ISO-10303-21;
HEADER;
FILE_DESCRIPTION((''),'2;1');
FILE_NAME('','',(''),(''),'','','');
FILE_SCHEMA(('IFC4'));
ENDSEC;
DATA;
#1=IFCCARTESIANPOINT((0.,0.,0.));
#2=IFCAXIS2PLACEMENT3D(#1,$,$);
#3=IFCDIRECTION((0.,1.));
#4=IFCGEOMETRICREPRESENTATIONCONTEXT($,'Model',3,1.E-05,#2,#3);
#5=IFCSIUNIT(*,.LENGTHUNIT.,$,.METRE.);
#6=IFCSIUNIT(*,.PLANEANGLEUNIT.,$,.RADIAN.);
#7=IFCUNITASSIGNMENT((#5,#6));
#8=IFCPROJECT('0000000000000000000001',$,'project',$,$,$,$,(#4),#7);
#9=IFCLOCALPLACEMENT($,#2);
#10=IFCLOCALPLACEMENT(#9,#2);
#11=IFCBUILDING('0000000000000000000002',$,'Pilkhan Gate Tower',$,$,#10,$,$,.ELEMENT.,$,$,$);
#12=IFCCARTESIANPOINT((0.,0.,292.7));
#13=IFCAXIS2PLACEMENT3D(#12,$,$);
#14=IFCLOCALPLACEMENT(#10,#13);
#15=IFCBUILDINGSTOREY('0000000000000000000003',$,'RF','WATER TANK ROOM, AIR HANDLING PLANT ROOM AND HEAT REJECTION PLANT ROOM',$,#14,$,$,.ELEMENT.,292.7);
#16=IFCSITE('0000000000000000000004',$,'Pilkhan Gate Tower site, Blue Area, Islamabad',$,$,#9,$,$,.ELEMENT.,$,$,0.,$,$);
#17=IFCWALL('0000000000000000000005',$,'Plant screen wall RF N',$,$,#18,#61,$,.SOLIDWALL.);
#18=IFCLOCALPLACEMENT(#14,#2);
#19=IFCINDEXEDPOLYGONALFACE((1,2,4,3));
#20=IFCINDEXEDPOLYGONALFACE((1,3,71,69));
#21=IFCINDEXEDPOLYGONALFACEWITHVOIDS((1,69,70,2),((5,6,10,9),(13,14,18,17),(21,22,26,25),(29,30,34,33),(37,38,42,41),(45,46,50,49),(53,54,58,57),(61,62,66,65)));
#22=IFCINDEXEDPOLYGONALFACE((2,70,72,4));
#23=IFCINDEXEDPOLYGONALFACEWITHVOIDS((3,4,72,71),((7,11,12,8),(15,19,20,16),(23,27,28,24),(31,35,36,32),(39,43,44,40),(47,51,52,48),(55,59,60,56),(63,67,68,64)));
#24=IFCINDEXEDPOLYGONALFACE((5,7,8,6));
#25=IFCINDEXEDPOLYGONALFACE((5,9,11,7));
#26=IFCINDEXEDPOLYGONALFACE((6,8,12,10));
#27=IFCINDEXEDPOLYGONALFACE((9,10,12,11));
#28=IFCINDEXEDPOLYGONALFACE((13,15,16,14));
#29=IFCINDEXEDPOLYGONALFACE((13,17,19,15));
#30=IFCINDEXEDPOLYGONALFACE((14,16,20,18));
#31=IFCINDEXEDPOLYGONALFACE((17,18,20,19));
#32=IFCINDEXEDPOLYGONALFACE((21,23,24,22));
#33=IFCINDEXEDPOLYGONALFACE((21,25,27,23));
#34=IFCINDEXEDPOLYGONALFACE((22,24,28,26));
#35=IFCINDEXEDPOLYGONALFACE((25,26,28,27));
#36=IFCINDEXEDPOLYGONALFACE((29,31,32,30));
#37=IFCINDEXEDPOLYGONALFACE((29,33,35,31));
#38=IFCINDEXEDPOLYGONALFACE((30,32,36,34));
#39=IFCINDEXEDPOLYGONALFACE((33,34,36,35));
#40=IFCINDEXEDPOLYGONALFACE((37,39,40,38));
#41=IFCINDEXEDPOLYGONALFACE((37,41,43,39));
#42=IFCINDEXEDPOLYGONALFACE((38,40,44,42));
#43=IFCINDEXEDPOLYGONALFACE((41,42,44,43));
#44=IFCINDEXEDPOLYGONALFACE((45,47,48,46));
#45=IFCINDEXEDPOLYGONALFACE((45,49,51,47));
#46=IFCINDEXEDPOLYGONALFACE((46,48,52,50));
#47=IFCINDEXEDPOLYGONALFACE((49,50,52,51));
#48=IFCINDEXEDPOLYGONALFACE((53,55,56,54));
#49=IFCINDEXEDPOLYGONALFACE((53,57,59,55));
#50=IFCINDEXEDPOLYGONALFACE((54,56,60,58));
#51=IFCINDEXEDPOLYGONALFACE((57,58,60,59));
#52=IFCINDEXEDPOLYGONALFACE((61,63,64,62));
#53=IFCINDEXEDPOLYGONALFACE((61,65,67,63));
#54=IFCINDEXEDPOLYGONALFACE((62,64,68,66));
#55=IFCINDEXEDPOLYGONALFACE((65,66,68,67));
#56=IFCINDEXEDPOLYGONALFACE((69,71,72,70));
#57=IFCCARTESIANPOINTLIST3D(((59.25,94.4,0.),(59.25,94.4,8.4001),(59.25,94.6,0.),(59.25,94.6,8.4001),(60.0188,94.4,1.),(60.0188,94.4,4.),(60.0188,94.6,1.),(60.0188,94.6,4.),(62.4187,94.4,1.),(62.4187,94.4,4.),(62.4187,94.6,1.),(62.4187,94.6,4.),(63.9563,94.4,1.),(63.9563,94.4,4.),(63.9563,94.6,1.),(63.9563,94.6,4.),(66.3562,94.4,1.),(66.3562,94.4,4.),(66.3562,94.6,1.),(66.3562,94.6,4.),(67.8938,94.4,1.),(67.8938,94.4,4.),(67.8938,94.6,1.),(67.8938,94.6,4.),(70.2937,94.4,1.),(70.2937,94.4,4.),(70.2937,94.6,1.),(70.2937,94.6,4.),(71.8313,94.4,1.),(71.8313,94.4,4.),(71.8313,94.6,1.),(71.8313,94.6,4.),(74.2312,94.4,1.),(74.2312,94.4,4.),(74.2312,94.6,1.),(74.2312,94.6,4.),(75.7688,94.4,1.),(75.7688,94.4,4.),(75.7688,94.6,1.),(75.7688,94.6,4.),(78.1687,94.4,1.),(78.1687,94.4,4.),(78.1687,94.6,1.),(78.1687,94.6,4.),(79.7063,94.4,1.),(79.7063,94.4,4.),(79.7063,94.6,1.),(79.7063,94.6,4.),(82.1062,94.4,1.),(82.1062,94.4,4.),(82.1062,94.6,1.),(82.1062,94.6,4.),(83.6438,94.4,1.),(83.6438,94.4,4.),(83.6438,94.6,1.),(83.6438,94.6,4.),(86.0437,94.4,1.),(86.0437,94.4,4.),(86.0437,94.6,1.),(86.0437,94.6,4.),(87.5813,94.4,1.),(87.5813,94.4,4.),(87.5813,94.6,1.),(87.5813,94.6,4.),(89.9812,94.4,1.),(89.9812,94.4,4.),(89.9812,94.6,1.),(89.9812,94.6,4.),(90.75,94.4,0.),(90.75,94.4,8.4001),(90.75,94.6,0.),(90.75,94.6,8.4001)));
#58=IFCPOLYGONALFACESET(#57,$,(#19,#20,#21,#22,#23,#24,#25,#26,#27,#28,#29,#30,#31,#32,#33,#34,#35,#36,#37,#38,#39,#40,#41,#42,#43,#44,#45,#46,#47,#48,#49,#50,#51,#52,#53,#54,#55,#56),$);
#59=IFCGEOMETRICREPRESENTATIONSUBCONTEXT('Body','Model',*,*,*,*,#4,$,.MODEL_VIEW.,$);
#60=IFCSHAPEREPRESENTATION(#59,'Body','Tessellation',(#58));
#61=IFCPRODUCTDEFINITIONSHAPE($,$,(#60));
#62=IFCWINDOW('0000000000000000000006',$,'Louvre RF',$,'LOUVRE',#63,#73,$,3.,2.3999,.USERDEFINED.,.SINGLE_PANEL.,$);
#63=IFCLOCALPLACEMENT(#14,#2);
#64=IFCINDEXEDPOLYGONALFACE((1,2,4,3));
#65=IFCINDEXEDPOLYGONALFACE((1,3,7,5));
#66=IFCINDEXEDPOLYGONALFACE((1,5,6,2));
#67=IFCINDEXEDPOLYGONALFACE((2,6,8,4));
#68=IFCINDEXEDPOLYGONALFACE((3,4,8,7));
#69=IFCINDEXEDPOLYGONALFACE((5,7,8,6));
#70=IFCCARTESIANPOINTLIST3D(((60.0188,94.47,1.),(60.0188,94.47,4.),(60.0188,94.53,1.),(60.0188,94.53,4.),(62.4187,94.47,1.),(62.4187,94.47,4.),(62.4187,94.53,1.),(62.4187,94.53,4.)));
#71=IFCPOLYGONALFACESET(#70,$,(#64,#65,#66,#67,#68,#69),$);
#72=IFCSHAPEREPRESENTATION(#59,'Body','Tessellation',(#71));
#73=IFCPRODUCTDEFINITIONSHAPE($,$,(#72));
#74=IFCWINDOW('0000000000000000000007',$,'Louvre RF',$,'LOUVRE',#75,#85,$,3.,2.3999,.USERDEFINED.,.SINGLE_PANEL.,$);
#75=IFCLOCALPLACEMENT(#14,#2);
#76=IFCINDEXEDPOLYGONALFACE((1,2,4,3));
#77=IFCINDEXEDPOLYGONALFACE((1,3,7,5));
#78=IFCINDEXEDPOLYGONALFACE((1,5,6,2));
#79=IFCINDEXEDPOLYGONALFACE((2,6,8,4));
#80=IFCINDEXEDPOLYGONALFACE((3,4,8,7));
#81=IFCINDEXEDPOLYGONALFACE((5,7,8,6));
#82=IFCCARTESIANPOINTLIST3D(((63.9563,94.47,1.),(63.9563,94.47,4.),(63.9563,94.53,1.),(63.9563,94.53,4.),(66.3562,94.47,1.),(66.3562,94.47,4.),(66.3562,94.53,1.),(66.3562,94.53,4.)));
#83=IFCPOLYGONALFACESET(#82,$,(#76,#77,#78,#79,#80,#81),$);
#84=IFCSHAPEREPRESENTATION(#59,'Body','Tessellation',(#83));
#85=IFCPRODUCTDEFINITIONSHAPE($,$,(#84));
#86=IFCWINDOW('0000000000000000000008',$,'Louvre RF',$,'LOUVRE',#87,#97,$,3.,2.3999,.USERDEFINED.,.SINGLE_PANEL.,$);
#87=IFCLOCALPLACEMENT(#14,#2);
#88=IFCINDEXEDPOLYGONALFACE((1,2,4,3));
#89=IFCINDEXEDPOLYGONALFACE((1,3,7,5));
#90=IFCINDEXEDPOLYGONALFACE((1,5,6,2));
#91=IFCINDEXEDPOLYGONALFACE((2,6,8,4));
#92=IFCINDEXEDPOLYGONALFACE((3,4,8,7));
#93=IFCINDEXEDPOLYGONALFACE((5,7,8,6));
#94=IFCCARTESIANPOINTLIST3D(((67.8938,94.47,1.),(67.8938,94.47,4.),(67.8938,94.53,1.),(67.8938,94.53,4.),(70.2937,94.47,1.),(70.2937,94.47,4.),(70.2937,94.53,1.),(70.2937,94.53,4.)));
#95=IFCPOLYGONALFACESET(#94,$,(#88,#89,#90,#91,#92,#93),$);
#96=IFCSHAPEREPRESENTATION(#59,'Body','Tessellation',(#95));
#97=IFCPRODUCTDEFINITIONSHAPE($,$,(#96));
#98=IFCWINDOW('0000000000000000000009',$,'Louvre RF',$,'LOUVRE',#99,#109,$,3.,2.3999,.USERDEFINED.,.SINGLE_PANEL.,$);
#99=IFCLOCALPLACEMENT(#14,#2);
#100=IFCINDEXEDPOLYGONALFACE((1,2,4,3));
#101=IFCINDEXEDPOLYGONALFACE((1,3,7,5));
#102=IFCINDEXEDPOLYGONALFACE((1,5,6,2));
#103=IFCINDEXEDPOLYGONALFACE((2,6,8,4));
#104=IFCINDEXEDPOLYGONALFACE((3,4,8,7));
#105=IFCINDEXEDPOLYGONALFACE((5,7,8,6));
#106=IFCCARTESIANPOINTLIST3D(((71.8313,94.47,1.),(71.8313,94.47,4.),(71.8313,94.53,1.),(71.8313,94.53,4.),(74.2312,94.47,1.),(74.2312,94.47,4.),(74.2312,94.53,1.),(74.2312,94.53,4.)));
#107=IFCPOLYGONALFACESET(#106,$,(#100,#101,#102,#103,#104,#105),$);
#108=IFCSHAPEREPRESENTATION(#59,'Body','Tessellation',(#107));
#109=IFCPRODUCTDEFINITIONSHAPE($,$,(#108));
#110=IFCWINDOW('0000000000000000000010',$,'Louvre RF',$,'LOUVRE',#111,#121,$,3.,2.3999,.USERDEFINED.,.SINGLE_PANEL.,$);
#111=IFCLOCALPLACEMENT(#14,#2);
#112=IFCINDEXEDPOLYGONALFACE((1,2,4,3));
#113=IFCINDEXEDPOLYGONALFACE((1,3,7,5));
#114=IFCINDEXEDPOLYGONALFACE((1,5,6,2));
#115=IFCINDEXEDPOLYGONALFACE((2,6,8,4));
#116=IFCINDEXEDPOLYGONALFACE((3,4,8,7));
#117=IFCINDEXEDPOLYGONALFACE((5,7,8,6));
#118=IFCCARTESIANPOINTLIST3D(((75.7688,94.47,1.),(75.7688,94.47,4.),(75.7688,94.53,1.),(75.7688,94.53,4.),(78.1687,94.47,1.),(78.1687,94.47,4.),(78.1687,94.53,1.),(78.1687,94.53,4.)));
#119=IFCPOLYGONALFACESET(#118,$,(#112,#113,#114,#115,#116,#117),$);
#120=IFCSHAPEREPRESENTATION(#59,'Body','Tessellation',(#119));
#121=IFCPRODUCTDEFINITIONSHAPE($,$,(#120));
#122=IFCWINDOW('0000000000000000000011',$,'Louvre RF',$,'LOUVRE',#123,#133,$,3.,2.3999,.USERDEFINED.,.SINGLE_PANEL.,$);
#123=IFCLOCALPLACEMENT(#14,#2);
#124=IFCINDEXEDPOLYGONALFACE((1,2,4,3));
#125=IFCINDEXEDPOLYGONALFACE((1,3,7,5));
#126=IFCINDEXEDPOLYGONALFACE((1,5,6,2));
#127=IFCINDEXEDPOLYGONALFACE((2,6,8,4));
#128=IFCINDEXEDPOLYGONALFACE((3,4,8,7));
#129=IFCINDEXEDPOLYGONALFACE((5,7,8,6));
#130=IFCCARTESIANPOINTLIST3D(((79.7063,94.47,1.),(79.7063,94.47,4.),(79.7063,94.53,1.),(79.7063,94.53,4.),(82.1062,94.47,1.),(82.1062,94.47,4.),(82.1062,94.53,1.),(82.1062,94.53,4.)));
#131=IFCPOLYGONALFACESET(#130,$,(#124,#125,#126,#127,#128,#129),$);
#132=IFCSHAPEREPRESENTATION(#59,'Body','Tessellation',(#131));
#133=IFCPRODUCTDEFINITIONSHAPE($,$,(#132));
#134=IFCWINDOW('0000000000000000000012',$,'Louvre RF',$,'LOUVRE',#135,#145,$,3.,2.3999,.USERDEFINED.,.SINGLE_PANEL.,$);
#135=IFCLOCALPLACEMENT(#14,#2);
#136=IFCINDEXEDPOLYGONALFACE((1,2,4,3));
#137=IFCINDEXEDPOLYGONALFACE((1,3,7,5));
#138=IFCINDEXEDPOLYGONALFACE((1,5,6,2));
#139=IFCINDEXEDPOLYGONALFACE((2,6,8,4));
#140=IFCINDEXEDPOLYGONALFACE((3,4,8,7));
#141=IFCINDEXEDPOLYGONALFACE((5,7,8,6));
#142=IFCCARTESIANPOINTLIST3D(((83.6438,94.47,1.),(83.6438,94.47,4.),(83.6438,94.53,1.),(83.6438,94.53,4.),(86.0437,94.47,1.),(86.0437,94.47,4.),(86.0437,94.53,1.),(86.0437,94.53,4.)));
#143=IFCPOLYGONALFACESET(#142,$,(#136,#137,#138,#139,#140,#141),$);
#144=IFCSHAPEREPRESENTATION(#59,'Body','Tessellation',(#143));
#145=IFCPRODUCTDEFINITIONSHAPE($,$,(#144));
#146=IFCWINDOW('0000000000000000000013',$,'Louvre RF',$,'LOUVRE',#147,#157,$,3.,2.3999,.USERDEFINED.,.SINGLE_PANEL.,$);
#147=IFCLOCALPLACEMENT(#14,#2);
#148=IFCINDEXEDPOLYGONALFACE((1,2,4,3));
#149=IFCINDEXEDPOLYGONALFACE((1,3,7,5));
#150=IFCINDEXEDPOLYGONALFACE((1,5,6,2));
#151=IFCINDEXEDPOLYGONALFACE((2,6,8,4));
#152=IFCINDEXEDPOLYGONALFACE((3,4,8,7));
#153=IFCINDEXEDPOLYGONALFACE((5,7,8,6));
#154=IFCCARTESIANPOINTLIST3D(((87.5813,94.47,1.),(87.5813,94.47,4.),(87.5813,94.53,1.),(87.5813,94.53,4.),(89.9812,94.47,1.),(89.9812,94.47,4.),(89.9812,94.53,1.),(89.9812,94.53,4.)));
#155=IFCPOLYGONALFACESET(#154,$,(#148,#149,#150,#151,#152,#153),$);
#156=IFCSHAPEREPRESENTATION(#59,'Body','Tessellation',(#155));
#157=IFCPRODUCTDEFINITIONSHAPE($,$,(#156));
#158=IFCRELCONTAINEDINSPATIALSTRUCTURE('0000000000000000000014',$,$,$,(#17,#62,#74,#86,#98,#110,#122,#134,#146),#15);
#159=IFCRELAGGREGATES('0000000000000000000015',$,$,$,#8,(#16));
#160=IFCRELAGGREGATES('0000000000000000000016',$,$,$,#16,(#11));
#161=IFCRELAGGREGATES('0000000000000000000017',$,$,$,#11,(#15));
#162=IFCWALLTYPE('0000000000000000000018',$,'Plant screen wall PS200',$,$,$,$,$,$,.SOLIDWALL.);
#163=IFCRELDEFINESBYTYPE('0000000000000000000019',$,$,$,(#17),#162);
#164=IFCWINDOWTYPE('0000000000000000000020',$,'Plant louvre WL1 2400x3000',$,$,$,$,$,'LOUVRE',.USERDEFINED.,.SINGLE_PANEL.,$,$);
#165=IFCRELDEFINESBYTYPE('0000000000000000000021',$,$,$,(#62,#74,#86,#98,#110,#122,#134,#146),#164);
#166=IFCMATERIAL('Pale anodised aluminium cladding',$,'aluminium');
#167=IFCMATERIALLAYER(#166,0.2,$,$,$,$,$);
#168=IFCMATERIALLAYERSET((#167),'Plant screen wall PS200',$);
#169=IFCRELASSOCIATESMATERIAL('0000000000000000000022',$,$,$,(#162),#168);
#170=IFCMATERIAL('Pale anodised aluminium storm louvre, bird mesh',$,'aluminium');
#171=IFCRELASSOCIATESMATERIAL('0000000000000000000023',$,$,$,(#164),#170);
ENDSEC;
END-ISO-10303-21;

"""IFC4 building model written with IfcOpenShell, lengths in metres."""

from ifc_helpers import new_model, si_unit, direction, frame, frame_2d, origin, place, context, subcontext, project, spatial, rectangle, extrude, material, layer, layer_set, type_object, element, fill, save


model = new_model("IFC4")

# Units and contexts
model_context = context("Model", 3, precision=1e-05, world=origin(), true_north=direction((0.0, 1.0)))
body_context = subcontext(model_context, "Body", "Model", "MODEL_VIEW")
ifc_project = project(units=[si_unit("LENGTHUNIT", "METRE"), si_unit("PLANEANGLEUNIT", "RADIAN")], contexts=[model_context])

# Site, building, storey
site_placement = place(None, origin())
site = spatial("IfcSite", under=ifc_project, at=site_placement, Name="Pilkhan Gate Tower site, Blue Area, Islamabad", CompositionType="ELEMENT", RefElevation=0.0)
building_placement = place(site_placement, origin())
building = spatial("IfcBuilding", under=site, at=building_placement, Name="Pilkhan Gate Tower", CompositionType="ELEMENT")
storey_placement = place(building_placement, frame((0.0, 0.0, 292.7)))
storey = spatial("IfcBuildingStorey", under=building, at=storey_placement, Name="RF", Description="WATER TANK ROOM, AIR HANDLING PLANT ROOM AND HEAT REJECTION PLANT ROOM", CompositionType="ELEMENT", Elevation=292.7)

# Wall, openings, windows
ifc_material_1 = material(Name="Pale anodised aluminium cladding", Category="aluminium")
ifc_layer_1 = layer(ifc_material_1, 0.2)
ifc_layer_set_1 = layer_set([ifc_layer_1], Name="Plant screen wall PS200")
wall_type_1 = type_object("IfcWallType", Name="Plant screen wall PS200", PredefinedType="SOLIDWALL", material=ifc_layer_set_1)
wall_1_placement = place(storey_placement, frame((59.25, 94.5, 0.0), z_axis=(0.0, 0.0, 1.0), x_axis=(1.0, 0.0, 0.0)))
wall_1 = element("IfcWall", 1, at=wall_1_placement, inside=storey, type_object=wall_type_1, Name="Plant screen wall RF N", PredefinedType="SOLIDWALL", context=body_context, shape_type="SweptSolid", body=[
    extrude(rectangle(XDim=31.5, YDim=0.2, at=frame_2d((15.75, 0.0))), origin(), (0.0, 0.0, 1.0), 8.4001),
])
opening_1_placement = place(wall_1_placement, frame((0.7688, 0.0, 1.0)))
opening_1 = element("IfcOpeningElement", 2, at=opening_1_placement, cuts=wall_1, PredefinedType="OPENING", context=body_context, shape_type="SweptSolid", body=[
    extrude(rectangle(XDim=2.3999, YDim=3.0, at=frame_2d((1.2, 1.5))), frame((0.0, 0.1099, 0.0), z_axis=(0.0, -1.0, 0.0), x_axis=(1.0, 0.0, 0.0)), (0.0, 0.0, 1.0), 0.22),
])
opening_2_placement = place(wall_1_placement, frame((4.7063, 0.0, 1.0)))
opening_2 = element("IfcOpeningElement", 3, at=opening_2_placement, cuts=wall_1, PredefinedType="OPENING", context=body_context, shape_type="SweptSolid", body=[
    extrude(rectangle(XDim=2.3999, YDim=3.0, at=frame_2d((1.2, 1.5))), frame((0.0, 0.1099, 0.0), z_axis=(0.0, -1.0, 0.0), x_axis=(1.0, 0.0, 0.0)), (0.0, 0.0, 1.0), 0.22),
])
opening_3_placement = place(wall_1_placement, frame((8.6438, 0.0, 1.0)))
opening_3 = element("IfcOpeningElement", 4, at=opening_3_placement, cuts=wall_1, PredefinedType="OPENING", context=body_context, shape_type="SweptSolid", body=[
    extrude(rectangle(XDim=2.3999, YDim=3.0, at=frame_2d((1.2, 1.5))), frame((0.0, 0.1099, 0.0), z_axis=(0.0, -1.0, 0.0), x_axis=(1.0, 0.0, 0.0)), (0.0, 0.0, 1.0), 0.22),
])
opening_4_placement = place(wall_1_placement, frame((12.5813, 0.0, 1.0)))
opening_4 = element("IfcOpeningElement", 5, at=opening_4_placement, cuts=wall_1, PredefinedType="OPENING", context=body_context, shape_type="SweptSolid", body=[
    extrude(rectangle(XDim=2.3999, YDim=3.0, at=frame_2d((1.2, 1.5))), frame((0.0, 0.1099, 0.0), z_axis=(0.0, -1.0, 0.0), x_axis=(1.0, 0.0, 0.0)), (0.0, 0.0, 1.0), 0.22),
])
opening_5_placement = place(wall_1_placement, frame((16.5188, 0.0, 1.0)))
opening_5 = element("IfcOpeningElement", 6, at=opening_5_placement, cuts=wall_1, PredefinedType="OPENING", context=body_context, shape_type="SweptSolid", body=[
    extrude(rectangle(XDim=2.3999, YDim=3.0, at=frame_2d((1.2, 1.5))), frame((0.0, 0.1099, 0.0), z_axis=(0.0, -1.0, 0.0), x_axis=(1.0, 0.0, 0.0)), (0.0, 0.0, 1.0), 0.22),
])
opening_6_placement = place(wall_1_placement, frame((20.4563, 0.0, 1.0)))
opening_6 = element("IfcOpeningElement", 7, at=opening_6_placement, cuts=wall_1, PredefinedType="OPENING", context=body_context, shape_type="SweptSolid", body=[
    extrude(rectangle(XDim=2.3999, YDim=3.0, at=frame_2d((1.2, 1.5))), frame((0.0, 0.1099, 0.0), z_axis=(0.0, -1.0, 0.0), x_axis=(1.0, 0.0, 0.0)), (0.0, 0.0, 1.0), 0.22),
])
opening_7_placement = place(wall_1_placement, frame((24.3938, 0.0, 1.0)))
opening_7 = element("IfcOpeningElement", 8, at=opening_7_placement, cuts=wall_1, PredefinedType="OPENING", context=body_context, shape_type="SweptSolid", body=[
    extrude(rectangle(XDim=2.3999, YDim=3.0, at=frame_2d((1.2, 1.5))), frame((0.0, 0.1099, 0.0), z_axis=(0.0, -1.0, 0.0), x_axis=(1.0, 0.0, 0.0)), (0.0, 0.0, 1.0), 0.22),
])
opening_8_placement = place(wall_1_placement, frame((28.3313, 0.0, 1.0)))
opening_8 = element("IfcOpeningElement", 9, at=opening_8_placement, cuts=wall_1, PredefinedType="OPENING", context=body_context, shape_type="SweptSolid", body=[
    extrude(rectangle(XDim=2.3999, YDim=3.0, at=frame_2d((1.2, 1.5))), frame((0.0, 0.1099, 0.0), z_axis=(0.0, -1.0, 0.0), x_axis=(1.0, 0.0, 0.0)), (0.0, 0.0, 1.0), 0.22),
])
ifc_material_2 = material(Name="Pale anodised aluminium storm louvre, bird mesh", Category="aluminium")
window_type = type_object("IfcWindowType", Name="Plant louvre WL1 2400x3000", ElementType="LOUVRE", PartitioningType="SINGLE_PANEL", PredefinedType="USERDEFINED", material=ifc_material_2)
window_1_placement = place(opening_1_placement, origin())
window_1 = element("IfcWindow", 10, at=window_1_placement, inside=storey, type_object=window_type, Name="Louvre RF", ObjectType="LOUVRE", OverallHeight=3.0, OverallWidth=2.3999, PartitioningType="SINGLE_PANEL", PredefinedType="USERDEFINED", context=body_context, shape_type="SweptSolid", body=[
    extrude(rectangle(XDim=2.3999, YDim=3.0, at=frame_2d((1.2, 1.5))), frame((0.0, 0.03, 0.0), z_axis=(0.0, -1.0, 0.0), x_axis=(1.0, 0.0, 0.0)), (0.0, 0.0, 1.0), 0.0601),
])
fill(opening_1, window_1)
window_2_placement = place(opening_2_placement, origin())
window_2 = element("IfcWindow", 11, at=window_2_placement, inside=storey, type_object=window_type, Name="Louvre RF", ObjectType="LOUVRE", OverallHeight=3.0, OverallWidth=2.3999, PartitioningType="SINGLE_PANEL", PredefinedType="USERDEFINED", context=body_context, shape_type="SweptSolid", body=[
    extrude(rectangle(XDim=2.3999, YDim=3.0, at=frame_2d((1.2, 1.5))), frame((0.0, 0.03, 0.0), z_axis=(0.0, -1.0, 0.0), x_axis=(1.0, 0.0, 0.0)), (0.0, 0.0, 1.0), 0.0601),
])
fill(opening_2, window_2)
window_3_placement = place(opening_3_placement, origin())
window_3 = element("IfcWindow", 12, at=window_3_placement, inside=storey, type_object=window_type, Name="Louvre RF", ObjectType="LOUVRE", OverallHeight=3.0, OverallWidth=2.3999, PartitioningType="SINGLE_PANEL", PredefinedType="USERDEFINED", context=body_context, shape_type="SweptSolid", body=[
    extrude(rectangle(XDim=2.3999, YDim=3.0, at=frame_2d((1.2, 1.5))), frame((0.0, 0.03, 0.0), z_axis=(0.0, -1.0, 0.0), x_axis=(1.0, 0.0, 0.0)), (0.0, 0.0, 1.0), 0.0601),
])
fill(opening_3, window_3)
window_4_placement = place(opening_4_placement, origin())
window_4 = element("IfcWindow", 13, at=window_4_placement, inside=storey, type_object=window_type, Name="Louvre RF", ObjectType="LOUVRE", OverallHeight=3.0, OverallWidth=2.3999, PartitioningType="SINGLE_PANEL", PredefinedType="USERDEFINED", context=body_context, shape_type="SweptSolid", body=[
    extrude(rectangle(XDim=2.3999, YDim=3.0, at=frame_2d((1.2, 1.5))), frame((0.0, 0.03, 0.0), z_axis=(0.0, -1.0, 0.0), x_axis=(1.0, 0.0, 0.0)), (0.0, 0.0, 1.0), 0.0601),
])
fill(opening_4, window_4)
window_5_placement = place(opening_5_placement, origin())
window_5 = element("IfcWindow", 14, at=window_5_placement, inside=storey, type_object=window_type, Name="Louvre RF", ObjectType="LOUVRE", OverallHeight=3.0, OverallWidth=2.3999, PartitioningType="SINGLE_PANEL", PredefinedType="USERDEFINED", context=body_context, shape_type="SweptSolid", body=[
    extrude(rectangle(XDim=2.3999, YDim=3.0, at=frame_2d((1.2, 1.5))), frame((0.0, 0.03, 0.0), z_axis=(0.0, -1.0, 0.0), x_axis=(1.0, 0.0, 0.0)), (0.0, 0.0, 1.0), 0.0601),
])
fill(opening_5, window_5)
window_6_placement = place(opening_6_placement, origin())
window_6 = element("IfcWindow", 15, at=window_6_placement, inside=storey, type_object=window_type, Name="Louvre RF", ObjectType="LOUVRE", OverallHeight=3.0, OverallWidth=2.3999, PartitioningType="SINGLE_PANEL", PredefinedType="USERDEFINED", context=body_context, shape_type="SweptSolid", body=[
    extrude(rectangle(XDim=2.3999, YDim=3.0, at=frame_2d((1.2, 1.5))), frame((0.0, 0.03, 0.0), z_axis=(0.0, -1.0, 0.0), x_axis=(1.0, 0.0, 0.0)), (0.0, 0.0, 1.0), 0.0601),
])
fill(opening_6, window_6)
window_7_placement = place(opening_7_placement, origin())
window_7 = element("IfcWindow", 16, at=window_7_placement, inside=storey, type_object=window_type, Name="Louvre RF", ObjectType="LOUVRE", OverallHeight=3.0, OverallWidth=2.3999, PartitioningType="SINGLE_PANEL", PredefinedType="USERDEFINED", context=body_context, shape_type="SweptSolid", body=[
    extrude(rectangle(XDim=2.3999, YDim=3.0, at=frame_2d((1.2, 1.5))), frame((0.0, 0.03, 0.0), z_axis=(0.0, -1.0, 0.0), x_axis=(1.0, 0.0, 0.0)), (0.0, 0.0, 1.0), 0.0601),
])
fill(opening_7, window_7)
window_8_placement = place(opening_8_placement, origin())
window_8 = element("IfcWindow", 17, at=window_8_placement, inside=storey, type_object=window_type, Name="Louvre RF", ObjectType="LOUVRE", OverallHeight=3.0, OverallWidth=2.3999, PartitioningType="SINGLE_PANEL", PredefinedType="USERDEFINED", context=body_context, shape_type="SweptSolid", body=[
    extrude(rectangle(XDim=2.3999, YDim=3.0, at=frame_2d((1.2, 1.5))), frame((0.0, 0.03, 0.0), z_axis=(0.0, -1.0, 0.0), x_axis=(1.0, 0.0, 0.0)), (0.0, 0.0, 1.0), 0.0601),
])
fill(opening_8, window_8)

save(model, "model.ifc")
